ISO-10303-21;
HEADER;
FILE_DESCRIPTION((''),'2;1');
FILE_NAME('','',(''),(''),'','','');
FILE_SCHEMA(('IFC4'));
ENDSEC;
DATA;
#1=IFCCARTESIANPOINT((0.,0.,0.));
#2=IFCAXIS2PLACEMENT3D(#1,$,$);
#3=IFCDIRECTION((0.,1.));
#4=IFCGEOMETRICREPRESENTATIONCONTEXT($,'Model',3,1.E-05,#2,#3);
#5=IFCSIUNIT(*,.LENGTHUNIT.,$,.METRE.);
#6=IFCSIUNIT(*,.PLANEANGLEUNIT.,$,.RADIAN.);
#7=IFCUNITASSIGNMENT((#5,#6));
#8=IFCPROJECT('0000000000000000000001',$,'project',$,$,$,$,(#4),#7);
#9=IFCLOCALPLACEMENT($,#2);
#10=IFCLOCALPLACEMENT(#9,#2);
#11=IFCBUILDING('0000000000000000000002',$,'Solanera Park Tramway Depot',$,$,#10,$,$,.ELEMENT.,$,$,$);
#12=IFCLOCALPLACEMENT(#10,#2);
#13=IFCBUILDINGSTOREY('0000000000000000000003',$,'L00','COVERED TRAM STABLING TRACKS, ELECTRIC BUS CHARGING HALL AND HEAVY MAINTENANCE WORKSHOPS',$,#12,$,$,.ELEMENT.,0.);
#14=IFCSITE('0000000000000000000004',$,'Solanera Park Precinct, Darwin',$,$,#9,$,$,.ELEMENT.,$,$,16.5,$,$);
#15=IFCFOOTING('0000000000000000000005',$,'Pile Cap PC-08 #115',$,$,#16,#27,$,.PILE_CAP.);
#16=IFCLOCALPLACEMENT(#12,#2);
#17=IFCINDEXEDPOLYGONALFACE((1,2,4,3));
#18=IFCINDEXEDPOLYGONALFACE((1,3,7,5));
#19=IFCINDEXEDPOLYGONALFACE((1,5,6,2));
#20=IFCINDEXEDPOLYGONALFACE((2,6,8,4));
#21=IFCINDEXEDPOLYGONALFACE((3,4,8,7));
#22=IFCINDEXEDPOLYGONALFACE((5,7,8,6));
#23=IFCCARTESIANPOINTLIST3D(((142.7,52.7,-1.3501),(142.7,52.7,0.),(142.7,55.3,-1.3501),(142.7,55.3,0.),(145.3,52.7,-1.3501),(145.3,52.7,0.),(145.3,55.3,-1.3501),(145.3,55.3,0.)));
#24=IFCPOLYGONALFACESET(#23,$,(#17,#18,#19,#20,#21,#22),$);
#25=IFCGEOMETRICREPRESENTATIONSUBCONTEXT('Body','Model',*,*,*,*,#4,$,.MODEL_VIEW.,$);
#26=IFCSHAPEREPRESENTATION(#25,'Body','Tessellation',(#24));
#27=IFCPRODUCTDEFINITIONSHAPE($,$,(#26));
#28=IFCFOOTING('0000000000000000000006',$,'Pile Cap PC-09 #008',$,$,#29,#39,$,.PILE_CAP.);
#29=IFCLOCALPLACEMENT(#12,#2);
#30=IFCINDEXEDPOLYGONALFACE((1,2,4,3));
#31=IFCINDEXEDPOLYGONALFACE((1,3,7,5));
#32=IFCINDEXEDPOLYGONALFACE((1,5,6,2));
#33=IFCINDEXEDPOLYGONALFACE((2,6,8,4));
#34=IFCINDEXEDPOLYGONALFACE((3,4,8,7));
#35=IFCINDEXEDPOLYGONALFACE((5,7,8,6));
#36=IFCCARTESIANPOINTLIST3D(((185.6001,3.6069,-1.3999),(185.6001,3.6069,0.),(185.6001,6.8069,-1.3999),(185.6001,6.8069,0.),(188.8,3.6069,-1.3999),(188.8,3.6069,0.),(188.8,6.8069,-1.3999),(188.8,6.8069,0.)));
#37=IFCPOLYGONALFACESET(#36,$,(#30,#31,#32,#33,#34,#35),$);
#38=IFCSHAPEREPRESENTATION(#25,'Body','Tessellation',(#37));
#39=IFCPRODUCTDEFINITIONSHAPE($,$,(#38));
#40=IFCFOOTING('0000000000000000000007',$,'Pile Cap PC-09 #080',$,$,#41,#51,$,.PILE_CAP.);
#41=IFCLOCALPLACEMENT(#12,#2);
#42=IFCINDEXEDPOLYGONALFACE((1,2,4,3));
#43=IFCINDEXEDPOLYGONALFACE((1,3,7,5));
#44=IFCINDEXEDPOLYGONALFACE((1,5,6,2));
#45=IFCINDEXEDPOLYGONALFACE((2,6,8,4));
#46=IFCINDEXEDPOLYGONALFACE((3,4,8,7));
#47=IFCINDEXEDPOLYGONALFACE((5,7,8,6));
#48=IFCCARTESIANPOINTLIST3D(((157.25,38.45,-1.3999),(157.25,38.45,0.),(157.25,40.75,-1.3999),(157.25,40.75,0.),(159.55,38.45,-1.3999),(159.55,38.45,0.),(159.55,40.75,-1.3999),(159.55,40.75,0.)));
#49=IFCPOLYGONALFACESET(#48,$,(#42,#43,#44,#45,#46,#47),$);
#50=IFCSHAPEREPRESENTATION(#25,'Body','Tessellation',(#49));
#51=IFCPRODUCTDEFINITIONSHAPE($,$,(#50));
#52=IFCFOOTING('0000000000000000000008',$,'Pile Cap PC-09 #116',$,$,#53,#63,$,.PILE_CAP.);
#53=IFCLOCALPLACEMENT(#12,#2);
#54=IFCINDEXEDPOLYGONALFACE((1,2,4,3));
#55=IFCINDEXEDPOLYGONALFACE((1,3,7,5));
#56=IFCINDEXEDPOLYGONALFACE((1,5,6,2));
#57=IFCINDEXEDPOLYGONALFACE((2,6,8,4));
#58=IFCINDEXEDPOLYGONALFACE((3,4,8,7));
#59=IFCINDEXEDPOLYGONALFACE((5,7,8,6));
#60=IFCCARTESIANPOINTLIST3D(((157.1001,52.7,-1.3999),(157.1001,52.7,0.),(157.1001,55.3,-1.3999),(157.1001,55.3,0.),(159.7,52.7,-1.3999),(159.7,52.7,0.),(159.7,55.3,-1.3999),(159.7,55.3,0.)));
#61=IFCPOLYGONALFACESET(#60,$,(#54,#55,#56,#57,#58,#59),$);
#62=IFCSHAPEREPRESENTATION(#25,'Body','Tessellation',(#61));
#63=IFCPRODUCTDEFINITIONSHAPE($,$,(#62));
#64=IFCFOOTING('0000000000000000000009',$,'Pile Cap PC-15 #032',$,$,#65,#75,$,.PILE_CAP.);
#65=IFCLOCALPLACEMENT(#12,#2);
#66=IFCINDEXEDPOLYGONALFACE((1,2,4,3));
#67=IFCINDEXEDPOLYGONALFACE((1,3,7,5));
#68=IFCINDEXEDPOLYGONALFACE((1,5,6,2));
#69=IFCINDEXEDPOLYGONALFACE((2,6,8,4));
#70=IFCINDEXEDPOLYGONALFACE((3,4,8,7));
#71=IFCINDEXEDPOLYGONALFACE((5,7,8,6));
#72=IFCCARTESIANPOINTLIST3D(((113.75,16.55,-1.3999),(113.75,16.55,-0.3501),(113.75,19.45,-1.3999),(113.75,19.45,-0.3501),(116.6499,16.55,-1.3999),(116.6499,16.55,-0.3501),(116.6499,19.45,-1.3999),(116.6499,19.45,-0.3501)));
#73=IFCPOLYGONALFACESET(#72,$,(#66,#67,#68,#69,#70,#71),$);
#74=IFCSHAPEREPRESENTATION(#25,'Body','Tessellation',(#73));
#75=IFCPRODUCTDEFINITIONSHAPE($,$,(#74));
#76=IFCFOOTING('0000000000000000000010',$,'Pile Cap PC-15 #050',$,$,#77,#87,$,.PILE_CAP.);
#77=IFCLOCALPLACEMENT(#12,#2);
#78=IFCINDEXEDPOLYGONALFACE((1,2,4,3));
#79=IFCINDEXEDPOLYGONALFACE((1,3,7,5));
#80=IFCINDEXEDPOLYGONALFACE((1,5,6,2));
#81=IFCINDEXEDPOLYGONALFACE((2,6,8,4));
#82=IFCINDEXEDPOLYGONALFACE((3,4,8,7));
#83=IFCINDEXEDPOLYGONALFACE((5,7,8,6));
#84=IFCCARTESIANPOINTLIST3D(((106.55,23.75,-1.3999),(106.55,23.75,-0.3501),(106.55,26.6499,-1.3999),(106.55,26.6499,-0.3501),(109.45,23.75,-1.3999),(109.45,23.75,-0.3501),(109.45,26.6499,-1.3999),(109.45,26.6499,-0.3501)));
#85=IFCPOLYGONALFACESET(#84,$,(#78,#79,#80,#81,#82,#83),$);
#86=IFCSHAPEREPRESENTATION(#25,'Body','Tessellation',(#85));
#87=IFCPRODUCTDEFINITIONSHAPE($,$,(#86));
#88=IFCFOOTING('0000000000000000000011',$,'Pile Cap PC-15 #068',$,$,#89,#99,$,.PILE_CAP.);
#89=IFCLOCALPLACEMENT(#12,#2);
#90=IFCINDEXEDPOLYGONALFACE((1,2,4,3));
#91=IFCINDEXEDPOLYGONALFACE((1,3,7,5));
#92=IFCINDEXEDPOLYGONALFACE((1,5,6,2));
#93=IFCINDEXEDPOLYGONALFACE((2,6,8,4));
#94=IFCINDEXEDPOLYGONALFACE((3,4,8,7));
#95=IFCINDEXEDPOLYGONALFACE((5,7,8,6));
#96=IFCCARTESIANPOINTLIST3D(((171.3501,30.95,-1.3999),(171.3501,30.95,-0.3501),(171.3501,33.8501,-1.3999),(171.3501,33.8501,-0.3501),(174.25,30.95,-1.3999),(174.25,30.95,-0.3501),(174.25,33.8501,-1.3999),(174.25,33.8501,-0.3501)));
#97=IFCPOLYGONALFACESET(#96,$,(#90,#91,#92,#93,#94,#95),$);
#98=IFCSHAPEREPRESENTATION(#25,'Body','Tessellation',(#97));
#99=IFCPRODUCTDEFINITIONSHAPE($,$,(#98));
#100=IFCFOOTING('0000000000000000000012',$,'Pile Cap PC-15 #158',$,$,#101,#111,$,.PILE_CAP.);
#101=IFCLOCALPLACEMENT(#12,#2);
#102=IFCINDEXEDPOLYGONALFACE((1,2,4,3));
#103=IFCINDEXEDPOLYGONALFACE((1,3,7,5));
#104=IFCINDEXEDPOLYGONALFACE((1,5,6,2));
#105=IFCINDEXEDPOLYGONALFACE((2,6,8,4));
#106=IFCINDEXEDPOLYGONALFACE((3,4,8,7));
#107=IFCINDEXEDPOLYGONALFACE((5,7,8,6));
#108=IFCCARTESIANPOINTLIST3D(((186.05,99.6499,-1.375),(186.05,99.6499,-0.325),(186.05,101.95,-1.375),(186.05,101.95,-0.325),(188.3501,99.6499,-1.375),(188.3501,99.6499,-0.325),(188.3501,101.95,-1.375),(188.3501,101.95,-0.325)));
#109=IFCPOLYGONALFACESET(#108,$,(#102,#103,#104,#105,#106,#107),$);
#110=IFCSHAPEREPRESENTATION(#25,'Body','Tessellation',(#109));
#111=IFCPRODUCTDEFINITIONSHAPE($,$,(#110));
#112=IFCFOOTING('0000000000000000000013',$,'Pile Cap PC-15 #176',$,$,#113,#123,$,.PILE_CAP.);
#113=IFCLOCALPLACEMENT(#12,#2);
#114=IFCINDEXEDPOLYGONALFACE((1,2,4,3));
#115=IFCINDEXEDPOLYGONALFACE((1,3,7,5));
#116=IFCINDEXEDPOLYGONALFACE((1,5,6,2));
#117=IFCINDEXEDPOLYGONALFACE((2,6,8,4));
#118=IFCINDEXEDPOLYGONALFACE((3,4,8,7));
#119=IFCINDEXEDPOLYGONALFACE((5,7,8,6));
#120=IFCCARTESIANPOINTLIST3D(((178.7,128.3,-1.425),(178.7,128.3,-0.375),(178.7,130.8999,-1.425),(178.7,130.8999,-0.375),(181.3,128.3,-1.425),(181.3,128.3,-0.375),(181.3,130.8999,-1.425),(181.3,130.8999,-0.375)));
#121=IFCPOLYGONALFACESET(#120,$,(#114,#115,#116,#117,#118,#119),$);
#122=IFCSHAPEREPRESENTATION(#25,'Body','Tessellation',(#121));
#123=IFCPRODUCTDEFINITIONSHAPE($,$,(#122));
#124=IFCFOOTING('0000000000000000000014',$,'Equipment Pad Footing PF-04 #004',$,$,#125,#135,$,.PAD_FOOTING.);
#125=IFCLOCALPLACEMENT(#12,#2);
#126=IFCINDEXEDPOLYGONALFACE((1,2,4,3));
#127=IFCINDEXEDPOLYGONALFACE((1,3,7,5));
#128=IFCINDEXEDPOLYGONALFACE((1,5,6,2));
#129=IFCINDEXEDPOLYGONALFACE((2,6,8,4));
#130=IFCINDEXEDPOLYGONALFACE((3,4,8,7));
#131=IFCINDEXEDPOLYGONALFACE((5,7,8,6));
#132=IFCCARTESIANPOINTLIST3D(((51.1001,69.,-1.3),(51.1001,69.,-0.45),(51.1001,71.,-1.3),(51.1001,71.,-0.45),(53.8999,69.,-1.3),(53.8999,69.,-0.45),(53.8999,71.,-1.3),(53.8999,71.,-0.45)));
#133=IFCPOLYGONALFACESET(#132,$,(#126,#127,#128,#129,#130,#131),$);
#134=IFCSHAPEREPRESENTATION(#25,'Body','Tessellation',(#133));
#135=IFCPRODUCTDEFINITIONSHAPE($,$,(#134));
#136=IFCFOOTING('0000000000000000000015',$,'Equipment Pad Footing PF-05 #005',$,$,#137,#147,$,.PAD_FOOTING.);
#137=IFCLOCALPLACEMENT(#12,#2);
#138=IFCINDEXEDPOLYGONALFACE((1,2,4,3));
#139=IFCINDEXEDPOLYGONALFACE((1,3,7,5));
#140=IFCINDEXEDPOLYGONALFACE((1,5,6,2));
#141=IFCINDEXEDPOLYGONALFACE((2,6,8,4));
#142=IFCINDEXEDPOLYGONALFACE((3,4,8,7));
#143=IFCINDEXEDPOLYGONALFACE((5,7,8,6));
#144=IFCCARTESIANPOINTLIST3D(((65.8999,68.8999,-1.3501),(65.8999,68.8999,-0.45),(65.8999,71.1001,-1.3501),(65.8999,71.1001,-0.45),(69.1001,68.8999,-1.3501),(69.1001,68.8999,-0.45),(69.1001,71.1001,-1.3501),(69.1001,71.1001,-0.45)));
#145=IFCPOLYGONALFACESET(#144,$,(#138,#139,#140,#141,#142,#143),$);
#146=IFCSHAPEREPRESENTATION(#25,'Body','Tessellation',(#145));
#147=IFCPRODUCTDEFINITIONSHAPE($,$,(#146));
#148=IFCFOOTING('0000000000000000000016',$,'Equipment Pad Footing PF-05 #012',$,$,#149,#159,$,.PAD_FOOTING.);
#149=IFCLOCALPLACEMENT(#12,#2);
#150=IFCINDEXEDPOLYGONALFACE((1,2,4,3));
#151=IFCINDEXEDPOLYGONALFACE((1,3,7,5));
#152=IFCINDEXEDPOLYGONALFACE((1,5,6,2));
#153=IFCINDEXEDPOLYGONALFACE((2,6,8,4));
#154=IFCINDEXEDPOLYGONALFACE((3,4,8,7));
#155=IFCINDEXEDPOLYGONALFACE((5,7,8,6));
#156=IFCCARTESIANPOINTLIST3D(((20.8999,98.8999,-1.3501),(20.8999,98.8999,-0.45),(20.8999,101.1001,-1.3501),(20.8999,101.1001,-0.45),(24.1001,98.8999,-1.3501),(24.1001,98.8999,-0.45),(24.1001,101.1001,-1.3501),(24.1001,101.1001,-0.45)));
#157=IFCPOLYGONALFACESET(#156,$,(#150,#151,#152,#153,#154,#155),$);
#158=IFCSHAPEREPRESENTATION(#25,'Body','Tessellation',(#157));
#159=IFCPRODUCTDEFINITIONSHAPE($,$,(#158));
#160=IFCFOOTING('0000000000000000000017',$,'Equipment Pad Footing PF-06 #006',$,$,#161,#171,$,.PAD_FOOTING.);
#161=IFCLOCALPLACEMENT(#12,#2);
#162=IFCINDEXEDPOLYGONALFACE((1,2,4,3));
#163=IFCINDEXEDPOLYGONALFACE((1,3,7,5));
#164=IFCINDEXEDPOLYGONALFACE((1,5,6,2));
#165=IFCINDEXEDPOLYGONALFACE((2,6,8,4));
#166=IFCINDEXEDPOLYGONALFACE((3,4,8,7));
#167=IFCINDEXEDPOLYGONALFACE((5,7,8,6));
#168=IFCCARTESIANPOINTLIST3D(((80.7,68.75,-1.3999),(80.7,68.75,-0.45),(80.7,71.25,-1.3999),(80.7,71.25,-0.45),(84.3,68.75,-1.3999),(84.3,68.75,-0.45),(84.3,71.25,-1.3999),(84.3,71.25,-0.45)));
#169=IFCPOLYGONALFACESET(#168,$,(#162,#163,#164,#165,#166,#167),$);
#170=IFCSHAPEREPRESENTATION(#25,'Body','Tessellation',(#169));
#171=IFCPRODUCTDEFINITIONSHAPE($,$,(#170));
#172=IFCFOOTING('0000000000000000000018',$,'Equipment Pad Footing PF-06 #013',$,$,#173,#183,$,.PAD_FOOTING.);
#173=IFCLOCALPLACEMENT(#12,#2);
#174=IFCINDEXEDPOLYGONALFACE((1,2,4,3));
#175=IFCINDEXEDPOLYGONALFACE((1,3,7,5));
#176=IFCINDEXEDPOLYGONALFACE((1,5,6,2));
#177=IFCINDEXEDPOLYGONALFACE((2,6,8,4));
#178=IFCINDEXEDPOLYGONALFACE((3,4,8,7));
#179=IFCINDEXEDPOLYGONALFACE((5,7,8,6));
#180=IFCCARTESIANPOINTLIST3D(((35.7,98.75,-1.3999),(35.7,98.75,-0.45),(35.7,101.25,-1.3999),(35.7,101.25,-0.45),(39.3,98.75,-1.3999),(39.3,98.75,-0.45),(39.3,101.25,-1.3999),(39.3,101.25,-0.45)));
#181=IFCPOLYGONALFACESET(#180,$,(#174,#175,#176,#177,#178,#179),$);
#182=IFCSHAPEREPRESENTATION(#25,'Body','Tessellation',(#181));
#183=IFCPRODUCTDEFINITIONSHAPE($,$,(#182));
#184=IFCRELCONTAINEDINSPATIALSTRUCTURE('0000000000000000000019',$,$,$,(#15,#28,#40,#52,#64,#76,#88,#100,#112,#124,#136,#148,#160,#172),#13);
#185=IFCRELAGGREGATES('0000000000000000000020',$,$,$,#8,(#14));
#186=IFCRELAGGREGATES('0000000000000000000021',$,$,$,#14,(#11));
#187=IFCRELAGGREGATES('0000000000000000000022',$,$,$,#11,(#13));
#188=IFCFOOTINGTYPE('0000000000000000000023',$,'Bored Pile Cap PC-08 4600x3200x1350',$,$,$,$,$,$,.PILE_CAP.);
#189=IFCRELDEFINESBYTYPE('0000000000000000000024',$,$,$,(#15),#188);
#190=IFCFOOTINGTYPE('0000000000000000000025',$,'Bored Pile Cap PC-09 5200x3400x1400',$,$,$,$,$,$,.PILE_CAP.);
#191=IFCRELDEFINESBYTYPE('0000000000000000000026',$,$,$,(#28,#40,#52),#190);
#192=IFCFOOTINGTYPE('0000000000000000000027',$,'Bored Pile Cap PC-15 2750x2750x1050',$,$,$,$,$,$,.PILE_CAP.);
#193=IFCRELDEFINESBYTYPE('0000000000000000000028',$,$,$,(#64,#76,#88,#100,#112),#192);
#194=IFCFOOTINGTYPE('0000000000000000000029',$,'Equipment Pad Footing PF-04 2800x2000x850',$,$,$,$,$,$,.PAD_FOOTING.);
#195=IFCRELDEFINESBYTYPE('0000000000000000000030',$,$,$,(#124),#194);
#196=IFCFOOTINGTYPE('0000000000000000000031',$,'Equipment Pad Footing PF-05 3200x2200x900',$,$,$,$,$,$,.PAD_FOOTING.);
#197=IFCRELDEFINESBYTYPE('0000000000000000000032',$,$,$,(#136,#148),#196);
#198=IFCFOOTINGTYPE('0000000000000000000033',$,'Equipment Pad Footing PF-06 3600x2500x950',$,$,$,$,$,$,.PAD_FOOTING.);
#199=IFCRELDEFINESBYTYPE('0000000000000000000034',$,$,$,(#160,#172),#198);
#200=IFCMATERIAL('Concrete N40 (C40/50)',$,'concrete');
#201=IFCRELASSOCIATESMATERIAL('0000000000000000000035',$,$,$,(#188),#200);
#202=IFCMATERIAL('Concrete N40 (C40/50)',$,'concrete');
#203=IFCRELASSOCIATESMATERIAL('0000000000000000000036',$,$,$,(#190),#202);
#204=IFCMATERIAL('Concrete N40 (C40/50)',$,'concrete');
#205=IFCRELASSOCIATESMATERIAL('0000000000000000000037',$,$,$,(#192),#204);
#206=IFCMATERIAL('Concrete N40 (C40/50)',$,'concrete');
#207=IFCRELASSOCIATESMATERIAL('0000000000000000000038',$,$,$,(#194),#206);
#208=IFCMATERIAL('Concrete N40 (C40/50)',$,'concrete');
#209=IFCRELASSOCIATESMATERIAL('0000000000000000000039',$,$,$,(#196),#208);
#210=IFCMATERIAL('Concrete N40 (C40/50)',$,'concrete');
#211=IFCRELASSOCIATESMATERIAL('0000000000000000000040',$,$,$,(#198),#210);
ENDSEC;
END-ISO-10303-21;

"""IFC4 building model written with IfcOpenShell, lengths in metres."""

from ifc_helpers import new_model, si_unit, direction, frame, origin, place, context, subcontext, project, spatial, polyline, outline, extrude, material, type_object, element, save


model = new_model("IFC4")

# Units and contexts
model_context = context("Model", 3, precision=1e-05, world=origin(), true_north=direction((0.0, 1.0)))
body_context = subcontext(model_context, "Body", "Model", "MODEL_VIEW")
ifc_project = project(units=[si_unit("LENGTHUNIT", "METRE"), si_unit("PLANEANGLEUNIT", "RADIAN")], contexts=[model_context])

# Site, building, storey
site_placement = place(None, origin())
site = spatial("IfcSite", under=ifc_project, at=site_placement, Name="Solanera Park Precinct, Darwin", CompositionType="ELEMENT", RefElevation=16.5)
building_placement = place(site_placement, origin())
building = spatial("IfcBuilding", under=site, at=building_placement, Name="Solanera Park Tramway Depot", CompositionType="ELEMENT")
storey_placement = place(building_placement, origin())
storey = spatial("IfcBuildingStorey", under=building, at=storey_placement, Name="L00", Description="COVERED TRAM STABLING TRACKS, ELECTRIC BUS CHARGING HALL AND HEAVY MAINTENANCE WORKSHOPS", CompositionType="ELEMENT", Elevation=0.0)

# Footings
ifc_material_1 = material(Name="Concrete N40 (C40/50)", Category="concrete")
footing_type_1 = type_object("IfcFootingType", Name="Bored Pile Cap PC-08 4600x3200x1350", PredefinedType="PILE_CAP", material=ifc_material_1)
footing_1_placement = place(storey_placement, frame((0.0, 0.0, -1.3501)))
element("IfcFooting", 1, at=footing_1_placement, inside=storey, type_object=footing_type_1, Name="Pile Cap PC-08 #115", PredefinedType="PILE_CAP", context=body_context, shape_type="SweptSolid", body=[
    extrude(outline(polyline([(145.3, 52.7), (145.3, 55.3), (142.7, 55.3), (142.7, 52.7), (145.3, 52.7)])), origin(), (0.0, 0.0, 1.0), 1.3501),
])
ifc_material_2 = material(Name="Concrete N40 (C40/50)", Category="concrete")
footing_type_2 = type_object("IfcFootingType", Name="Bored Pile Cap PC-09 5200x3400x1400", PredefinedType="PILE_CAP", material=ifc_material_2)
footing_2_placement = place(storey_placement, frame((0.0, 0.0, -1.3999)))
element("IfcFooting", 2, at=footing_2_placement, inside=storey, type_object=footing_type_2, Name="Pile Cap PC-09 #008", PredefinedType="PILE_CAP", context=body_context, shape_type="SweptSolid", body=[
    extrude(outline(polyline([(188.8, 3.6069), (188.8, 6.8069), (185.6001, 6.8069), (185.6001, 3.6069), (188.8, 3.6069)])), origin(), (0.0, 0.0, 1.0), 1.3999),
])
footing_3_placement = place(storey_placement, frame((0.0, 0.0, -1.3999)))
element("IfcFooting", 3, at=footing_3_placement, inside=storey, type_object=footing_type_2, Name="Pile Cap PC-09 #080", PredefinedType="PILE_CAP", context=body_context, shape_type="SweptSolid", body=[
    extrude(outline(polyline([(159.55, 38.45), (159.55, 40.75), (157.25, 40.75), (157.25, 38.45), (159.55, 38.45)])), origin(), (0.0, 0.0, 1.0), 1.3999),
])
footing_4_placement = place(storey_placement, frame((0.0, 0.0, -1.3999)))
element("IfcFooting", 4, at=footing_4_placement, inside=storey, type_object=footing_type_2, Name="Pile Cap PC-09 #116", PredefinedType="PILE_CAP", context=body_context, shape_type="SweptSolid", body=[
    extrude(outline(polyline([(159.7, 52.7), (159.7, 55.3), (157.1001, 55.3), (157.1001, 52.7), (159.7, 52.7)])), origin(), (0.0, 0.0, 1.0), 1.3999),
])
ifc_material_3 = material(Name="Concrete N40 (C40/50)", Category="concrete")
footing_type_3 = type_object("IfcFootingType", Name="Bored Pile Cap PC-15 2750x2750x1050", PredefinedType="PILE_CAP", material=ifc_material_3)
footing_5_placement = place(storey_placement, frame((0.0, 0.0, -1.3999)))
element("IfcFooting", 5, at=footing_5_placement, inside=storey, type_object=footing_type_3, Name="Pile Cap PC-15 #032", PredefinedType="PILE_CAP", context=body_context, shape_type="SweptSolid", body=[
    extrude(outline(polyline([(116.6499, 16.55), (116.6499, 19.45), (113.75, 19.45), (113.75, 16.55), (116.6499, 16.55)])), origin(), (0.0, 0.0, 1.0), 1.0498),
])
footing_6_placement = place(storey_placement, frame((0.0, 0.0, -1.3999)))
element("IfcFooting", 6, at=footing_6_placement, inside=storey, type_object=footing_type_3, Name="Pile Cap PC-15 #050", PredefinedType="PILE_CAP", context=body_context, shape_type="SweptSolid", body=[
    extrude(outline(polyline([(109.45, 23.75), (109.45, 26.6499), (106.55, 26.6499), (106.55, 23.75), (109.45, 23.75)])), origin(), (0.0, 0.0, 1.0), 1.0498),
])
footing_7_placement = place(storey_placement, frame((0.0, 0.0, -1.3999)))
element("IfcFooting", 7, at=footing_7_placement, inside=storey, type_object=footing_type_3, Name="Pile Cap PC-15 #068", PredefinedType="PILE_CAP", context=body_context, shape_type="SweptSolid", body=[
    extrude(outline(polyline([(174.25, 30.95), (174.25, 33.8501), (171.3501, 33.8501), (171.3501, 30.95), (174.25, 30.95)])), origin(), (0.0, 0.0, 1.0), 1.0498),
])
footing_8_placement = place(storey_placement, frame((0.0, 0.0, -1.375)))
element("IfcFooting", 8, at=footing_8_placement, inside=storey, type_object=footing_type_3, Name="Pile Cap PC-15 #158", PredefinedType="PILE_CAP", context=body_context, shape_type="SweptSolid", body=[
    extrude(outline(polyline([(188.3501, 99.6499), (188.3501, 101.95), (186.05, 101.95), (186.05, 99.6499), (188.3501, 99.6499)])), origin(), (0.0, 0.0, 1.0), 1.05),
])
footing_9_placement = place(storey_placement, frame((0.0, 0.0, -1.425)))
element("IfcFooting", 9, at=footing_9_placement, inside=storey, type_object=footing_type_3, Name="Pile Cap PC-15 #176", PredefinedType="PILE_CAP", context=body_context, shape_type="SweptSolid", body=[
    extrude(outline(polyline([(181.3, 128.3), (181.3, 130.8999), (178.7, 130.8999), (178.7, 128.3), (181.3, 128.3)])), origin(), (0.0, 0.0, 1.0), 1.05),
])
ifc_material_4 = material(Name="Concrete N40 (C40/50)", Category="concrete")
footing_type_4 = type_object("IfcFootingType", Name="Equipment Pad Footing PF-04 2800x2000x850", PredefinedType="PAD_FOOTING", material=ifc_material_4)
footing_10_placement = place(storey_placement, frame((0.0, 0.0, -1.3)))
element("IfcFooting", 10, at=footing_10_placement, inside=storey, type_object=footing_type_4, Name="Equipment Pad Footing PF-04 #004", PredefinedType="PAD_FOOTING", context=body_context, shape_type="SweptSolid", body=[
    extrude(outline(polyline([(53.8999, 69.0), (53.8999, 71.0), (51.1001, 71.0), (51.1001, 69.0), (53.8999, 69.0)])), origin(), (0.0, 0.0, 1.0), 0.8501),
])
ifc_material_5 = material(Name="Concrete N40 (C40/50)", Category="concrete")
footing_type_5 = type_object("IfcFootingType", Name="Equipment Pad Footing PF-05 3200x2200x900", PredefinedType="PAD_FOOTING", material=ifc_material_5)
footing_11_placement = place(storey_placement, frame((0.0, 0.0, -1.3501)))
element("IfcFooting", 11, at=footing_11_placement, inside=storey, type_object=footing_type_5, Name="Equipment Pad Footing PF-05 #005", PredefinedType="PAD_FOOTING", context=body_context, shape_type="SweptSolid", body=[
    extrude(outline(polyline([(69.1001, 68.8999), (69.1001, 71.1001), (65.8999, 71.1001), (65.8999, 68.8999), (69.1001, 68.8999)])), origin(), (0.0, 0.0, 1.0), 0.9001),
])
footing_12_placement = place(storey_placement, frame((0.0, 0.0, -1.3501)))
element("IfcFooting", 12, at=footing_12_placement, inside=storey, type_object=footing_type_5, Name="Equipment Pad Footing PF-05 #012", PredefinedType="PAD_FOOTING", context=body_context, shape_type="SweptSolid", body=[
    extrude(outline(polyline([(24.1001, 98.8999), (24.1001, 101.1001), (20.8999, 101.1001), (20.8999, 98.8999), (24.1001, 98.8999)])), origin(), (0.0, 0.0, 1.0), 0.9001),
])
ifc_material_6 = material(Name="Concrete N40 (C40/50)", Category="concrete")
footing_type_6 = type_object("IfcFootingType", Name="Equipment Pad Footing PF-06 3600x2500x950", PredefinedType="PAD_FOOTING", material=ifc_material_6)
footing_13_placement = place(storey_placement, frame((0.0, 0.0, -1.3999)))
element("IfcFooting", 13, at=footing_13_placement, inside=storey, type_object=footing_type_6, Name="Equipment Pad Footing PF-06 #006", PredefinedType="PAD_FOOTING", context=body_context, shape_type="SweptSolid", body=[
    extrude(outline(polyline([(84.3, 68.75), (84.3, 71.25), (80.7, 71.25), (80.7, 68.75), (84.3, 68.75)])), origin(), (0.0, 0.0, 1.0), 0.95),
])
footing_14_placement = place(storey_placement, frame((0.0, 0.0, -1.3999)))
element("IfcFooting", 14, at=footing_14_placement, inside=storey, type_object=footing_type_6, Name="Equipment Pad Footing PF-06 #013", PredefinedType="PAD_FOOTING", context=body_context, shape_type="SweptSolid", body=[
    extrude(outline(polyline([(39.3, 98.75), (39.3, 101.25), (35.7, 101.25), (35.7, 98.75), (39.3, 98.75)])), origin(), (0.0, 0.0, 1.0), 0.95),
])

save(model, "model.ifc")
